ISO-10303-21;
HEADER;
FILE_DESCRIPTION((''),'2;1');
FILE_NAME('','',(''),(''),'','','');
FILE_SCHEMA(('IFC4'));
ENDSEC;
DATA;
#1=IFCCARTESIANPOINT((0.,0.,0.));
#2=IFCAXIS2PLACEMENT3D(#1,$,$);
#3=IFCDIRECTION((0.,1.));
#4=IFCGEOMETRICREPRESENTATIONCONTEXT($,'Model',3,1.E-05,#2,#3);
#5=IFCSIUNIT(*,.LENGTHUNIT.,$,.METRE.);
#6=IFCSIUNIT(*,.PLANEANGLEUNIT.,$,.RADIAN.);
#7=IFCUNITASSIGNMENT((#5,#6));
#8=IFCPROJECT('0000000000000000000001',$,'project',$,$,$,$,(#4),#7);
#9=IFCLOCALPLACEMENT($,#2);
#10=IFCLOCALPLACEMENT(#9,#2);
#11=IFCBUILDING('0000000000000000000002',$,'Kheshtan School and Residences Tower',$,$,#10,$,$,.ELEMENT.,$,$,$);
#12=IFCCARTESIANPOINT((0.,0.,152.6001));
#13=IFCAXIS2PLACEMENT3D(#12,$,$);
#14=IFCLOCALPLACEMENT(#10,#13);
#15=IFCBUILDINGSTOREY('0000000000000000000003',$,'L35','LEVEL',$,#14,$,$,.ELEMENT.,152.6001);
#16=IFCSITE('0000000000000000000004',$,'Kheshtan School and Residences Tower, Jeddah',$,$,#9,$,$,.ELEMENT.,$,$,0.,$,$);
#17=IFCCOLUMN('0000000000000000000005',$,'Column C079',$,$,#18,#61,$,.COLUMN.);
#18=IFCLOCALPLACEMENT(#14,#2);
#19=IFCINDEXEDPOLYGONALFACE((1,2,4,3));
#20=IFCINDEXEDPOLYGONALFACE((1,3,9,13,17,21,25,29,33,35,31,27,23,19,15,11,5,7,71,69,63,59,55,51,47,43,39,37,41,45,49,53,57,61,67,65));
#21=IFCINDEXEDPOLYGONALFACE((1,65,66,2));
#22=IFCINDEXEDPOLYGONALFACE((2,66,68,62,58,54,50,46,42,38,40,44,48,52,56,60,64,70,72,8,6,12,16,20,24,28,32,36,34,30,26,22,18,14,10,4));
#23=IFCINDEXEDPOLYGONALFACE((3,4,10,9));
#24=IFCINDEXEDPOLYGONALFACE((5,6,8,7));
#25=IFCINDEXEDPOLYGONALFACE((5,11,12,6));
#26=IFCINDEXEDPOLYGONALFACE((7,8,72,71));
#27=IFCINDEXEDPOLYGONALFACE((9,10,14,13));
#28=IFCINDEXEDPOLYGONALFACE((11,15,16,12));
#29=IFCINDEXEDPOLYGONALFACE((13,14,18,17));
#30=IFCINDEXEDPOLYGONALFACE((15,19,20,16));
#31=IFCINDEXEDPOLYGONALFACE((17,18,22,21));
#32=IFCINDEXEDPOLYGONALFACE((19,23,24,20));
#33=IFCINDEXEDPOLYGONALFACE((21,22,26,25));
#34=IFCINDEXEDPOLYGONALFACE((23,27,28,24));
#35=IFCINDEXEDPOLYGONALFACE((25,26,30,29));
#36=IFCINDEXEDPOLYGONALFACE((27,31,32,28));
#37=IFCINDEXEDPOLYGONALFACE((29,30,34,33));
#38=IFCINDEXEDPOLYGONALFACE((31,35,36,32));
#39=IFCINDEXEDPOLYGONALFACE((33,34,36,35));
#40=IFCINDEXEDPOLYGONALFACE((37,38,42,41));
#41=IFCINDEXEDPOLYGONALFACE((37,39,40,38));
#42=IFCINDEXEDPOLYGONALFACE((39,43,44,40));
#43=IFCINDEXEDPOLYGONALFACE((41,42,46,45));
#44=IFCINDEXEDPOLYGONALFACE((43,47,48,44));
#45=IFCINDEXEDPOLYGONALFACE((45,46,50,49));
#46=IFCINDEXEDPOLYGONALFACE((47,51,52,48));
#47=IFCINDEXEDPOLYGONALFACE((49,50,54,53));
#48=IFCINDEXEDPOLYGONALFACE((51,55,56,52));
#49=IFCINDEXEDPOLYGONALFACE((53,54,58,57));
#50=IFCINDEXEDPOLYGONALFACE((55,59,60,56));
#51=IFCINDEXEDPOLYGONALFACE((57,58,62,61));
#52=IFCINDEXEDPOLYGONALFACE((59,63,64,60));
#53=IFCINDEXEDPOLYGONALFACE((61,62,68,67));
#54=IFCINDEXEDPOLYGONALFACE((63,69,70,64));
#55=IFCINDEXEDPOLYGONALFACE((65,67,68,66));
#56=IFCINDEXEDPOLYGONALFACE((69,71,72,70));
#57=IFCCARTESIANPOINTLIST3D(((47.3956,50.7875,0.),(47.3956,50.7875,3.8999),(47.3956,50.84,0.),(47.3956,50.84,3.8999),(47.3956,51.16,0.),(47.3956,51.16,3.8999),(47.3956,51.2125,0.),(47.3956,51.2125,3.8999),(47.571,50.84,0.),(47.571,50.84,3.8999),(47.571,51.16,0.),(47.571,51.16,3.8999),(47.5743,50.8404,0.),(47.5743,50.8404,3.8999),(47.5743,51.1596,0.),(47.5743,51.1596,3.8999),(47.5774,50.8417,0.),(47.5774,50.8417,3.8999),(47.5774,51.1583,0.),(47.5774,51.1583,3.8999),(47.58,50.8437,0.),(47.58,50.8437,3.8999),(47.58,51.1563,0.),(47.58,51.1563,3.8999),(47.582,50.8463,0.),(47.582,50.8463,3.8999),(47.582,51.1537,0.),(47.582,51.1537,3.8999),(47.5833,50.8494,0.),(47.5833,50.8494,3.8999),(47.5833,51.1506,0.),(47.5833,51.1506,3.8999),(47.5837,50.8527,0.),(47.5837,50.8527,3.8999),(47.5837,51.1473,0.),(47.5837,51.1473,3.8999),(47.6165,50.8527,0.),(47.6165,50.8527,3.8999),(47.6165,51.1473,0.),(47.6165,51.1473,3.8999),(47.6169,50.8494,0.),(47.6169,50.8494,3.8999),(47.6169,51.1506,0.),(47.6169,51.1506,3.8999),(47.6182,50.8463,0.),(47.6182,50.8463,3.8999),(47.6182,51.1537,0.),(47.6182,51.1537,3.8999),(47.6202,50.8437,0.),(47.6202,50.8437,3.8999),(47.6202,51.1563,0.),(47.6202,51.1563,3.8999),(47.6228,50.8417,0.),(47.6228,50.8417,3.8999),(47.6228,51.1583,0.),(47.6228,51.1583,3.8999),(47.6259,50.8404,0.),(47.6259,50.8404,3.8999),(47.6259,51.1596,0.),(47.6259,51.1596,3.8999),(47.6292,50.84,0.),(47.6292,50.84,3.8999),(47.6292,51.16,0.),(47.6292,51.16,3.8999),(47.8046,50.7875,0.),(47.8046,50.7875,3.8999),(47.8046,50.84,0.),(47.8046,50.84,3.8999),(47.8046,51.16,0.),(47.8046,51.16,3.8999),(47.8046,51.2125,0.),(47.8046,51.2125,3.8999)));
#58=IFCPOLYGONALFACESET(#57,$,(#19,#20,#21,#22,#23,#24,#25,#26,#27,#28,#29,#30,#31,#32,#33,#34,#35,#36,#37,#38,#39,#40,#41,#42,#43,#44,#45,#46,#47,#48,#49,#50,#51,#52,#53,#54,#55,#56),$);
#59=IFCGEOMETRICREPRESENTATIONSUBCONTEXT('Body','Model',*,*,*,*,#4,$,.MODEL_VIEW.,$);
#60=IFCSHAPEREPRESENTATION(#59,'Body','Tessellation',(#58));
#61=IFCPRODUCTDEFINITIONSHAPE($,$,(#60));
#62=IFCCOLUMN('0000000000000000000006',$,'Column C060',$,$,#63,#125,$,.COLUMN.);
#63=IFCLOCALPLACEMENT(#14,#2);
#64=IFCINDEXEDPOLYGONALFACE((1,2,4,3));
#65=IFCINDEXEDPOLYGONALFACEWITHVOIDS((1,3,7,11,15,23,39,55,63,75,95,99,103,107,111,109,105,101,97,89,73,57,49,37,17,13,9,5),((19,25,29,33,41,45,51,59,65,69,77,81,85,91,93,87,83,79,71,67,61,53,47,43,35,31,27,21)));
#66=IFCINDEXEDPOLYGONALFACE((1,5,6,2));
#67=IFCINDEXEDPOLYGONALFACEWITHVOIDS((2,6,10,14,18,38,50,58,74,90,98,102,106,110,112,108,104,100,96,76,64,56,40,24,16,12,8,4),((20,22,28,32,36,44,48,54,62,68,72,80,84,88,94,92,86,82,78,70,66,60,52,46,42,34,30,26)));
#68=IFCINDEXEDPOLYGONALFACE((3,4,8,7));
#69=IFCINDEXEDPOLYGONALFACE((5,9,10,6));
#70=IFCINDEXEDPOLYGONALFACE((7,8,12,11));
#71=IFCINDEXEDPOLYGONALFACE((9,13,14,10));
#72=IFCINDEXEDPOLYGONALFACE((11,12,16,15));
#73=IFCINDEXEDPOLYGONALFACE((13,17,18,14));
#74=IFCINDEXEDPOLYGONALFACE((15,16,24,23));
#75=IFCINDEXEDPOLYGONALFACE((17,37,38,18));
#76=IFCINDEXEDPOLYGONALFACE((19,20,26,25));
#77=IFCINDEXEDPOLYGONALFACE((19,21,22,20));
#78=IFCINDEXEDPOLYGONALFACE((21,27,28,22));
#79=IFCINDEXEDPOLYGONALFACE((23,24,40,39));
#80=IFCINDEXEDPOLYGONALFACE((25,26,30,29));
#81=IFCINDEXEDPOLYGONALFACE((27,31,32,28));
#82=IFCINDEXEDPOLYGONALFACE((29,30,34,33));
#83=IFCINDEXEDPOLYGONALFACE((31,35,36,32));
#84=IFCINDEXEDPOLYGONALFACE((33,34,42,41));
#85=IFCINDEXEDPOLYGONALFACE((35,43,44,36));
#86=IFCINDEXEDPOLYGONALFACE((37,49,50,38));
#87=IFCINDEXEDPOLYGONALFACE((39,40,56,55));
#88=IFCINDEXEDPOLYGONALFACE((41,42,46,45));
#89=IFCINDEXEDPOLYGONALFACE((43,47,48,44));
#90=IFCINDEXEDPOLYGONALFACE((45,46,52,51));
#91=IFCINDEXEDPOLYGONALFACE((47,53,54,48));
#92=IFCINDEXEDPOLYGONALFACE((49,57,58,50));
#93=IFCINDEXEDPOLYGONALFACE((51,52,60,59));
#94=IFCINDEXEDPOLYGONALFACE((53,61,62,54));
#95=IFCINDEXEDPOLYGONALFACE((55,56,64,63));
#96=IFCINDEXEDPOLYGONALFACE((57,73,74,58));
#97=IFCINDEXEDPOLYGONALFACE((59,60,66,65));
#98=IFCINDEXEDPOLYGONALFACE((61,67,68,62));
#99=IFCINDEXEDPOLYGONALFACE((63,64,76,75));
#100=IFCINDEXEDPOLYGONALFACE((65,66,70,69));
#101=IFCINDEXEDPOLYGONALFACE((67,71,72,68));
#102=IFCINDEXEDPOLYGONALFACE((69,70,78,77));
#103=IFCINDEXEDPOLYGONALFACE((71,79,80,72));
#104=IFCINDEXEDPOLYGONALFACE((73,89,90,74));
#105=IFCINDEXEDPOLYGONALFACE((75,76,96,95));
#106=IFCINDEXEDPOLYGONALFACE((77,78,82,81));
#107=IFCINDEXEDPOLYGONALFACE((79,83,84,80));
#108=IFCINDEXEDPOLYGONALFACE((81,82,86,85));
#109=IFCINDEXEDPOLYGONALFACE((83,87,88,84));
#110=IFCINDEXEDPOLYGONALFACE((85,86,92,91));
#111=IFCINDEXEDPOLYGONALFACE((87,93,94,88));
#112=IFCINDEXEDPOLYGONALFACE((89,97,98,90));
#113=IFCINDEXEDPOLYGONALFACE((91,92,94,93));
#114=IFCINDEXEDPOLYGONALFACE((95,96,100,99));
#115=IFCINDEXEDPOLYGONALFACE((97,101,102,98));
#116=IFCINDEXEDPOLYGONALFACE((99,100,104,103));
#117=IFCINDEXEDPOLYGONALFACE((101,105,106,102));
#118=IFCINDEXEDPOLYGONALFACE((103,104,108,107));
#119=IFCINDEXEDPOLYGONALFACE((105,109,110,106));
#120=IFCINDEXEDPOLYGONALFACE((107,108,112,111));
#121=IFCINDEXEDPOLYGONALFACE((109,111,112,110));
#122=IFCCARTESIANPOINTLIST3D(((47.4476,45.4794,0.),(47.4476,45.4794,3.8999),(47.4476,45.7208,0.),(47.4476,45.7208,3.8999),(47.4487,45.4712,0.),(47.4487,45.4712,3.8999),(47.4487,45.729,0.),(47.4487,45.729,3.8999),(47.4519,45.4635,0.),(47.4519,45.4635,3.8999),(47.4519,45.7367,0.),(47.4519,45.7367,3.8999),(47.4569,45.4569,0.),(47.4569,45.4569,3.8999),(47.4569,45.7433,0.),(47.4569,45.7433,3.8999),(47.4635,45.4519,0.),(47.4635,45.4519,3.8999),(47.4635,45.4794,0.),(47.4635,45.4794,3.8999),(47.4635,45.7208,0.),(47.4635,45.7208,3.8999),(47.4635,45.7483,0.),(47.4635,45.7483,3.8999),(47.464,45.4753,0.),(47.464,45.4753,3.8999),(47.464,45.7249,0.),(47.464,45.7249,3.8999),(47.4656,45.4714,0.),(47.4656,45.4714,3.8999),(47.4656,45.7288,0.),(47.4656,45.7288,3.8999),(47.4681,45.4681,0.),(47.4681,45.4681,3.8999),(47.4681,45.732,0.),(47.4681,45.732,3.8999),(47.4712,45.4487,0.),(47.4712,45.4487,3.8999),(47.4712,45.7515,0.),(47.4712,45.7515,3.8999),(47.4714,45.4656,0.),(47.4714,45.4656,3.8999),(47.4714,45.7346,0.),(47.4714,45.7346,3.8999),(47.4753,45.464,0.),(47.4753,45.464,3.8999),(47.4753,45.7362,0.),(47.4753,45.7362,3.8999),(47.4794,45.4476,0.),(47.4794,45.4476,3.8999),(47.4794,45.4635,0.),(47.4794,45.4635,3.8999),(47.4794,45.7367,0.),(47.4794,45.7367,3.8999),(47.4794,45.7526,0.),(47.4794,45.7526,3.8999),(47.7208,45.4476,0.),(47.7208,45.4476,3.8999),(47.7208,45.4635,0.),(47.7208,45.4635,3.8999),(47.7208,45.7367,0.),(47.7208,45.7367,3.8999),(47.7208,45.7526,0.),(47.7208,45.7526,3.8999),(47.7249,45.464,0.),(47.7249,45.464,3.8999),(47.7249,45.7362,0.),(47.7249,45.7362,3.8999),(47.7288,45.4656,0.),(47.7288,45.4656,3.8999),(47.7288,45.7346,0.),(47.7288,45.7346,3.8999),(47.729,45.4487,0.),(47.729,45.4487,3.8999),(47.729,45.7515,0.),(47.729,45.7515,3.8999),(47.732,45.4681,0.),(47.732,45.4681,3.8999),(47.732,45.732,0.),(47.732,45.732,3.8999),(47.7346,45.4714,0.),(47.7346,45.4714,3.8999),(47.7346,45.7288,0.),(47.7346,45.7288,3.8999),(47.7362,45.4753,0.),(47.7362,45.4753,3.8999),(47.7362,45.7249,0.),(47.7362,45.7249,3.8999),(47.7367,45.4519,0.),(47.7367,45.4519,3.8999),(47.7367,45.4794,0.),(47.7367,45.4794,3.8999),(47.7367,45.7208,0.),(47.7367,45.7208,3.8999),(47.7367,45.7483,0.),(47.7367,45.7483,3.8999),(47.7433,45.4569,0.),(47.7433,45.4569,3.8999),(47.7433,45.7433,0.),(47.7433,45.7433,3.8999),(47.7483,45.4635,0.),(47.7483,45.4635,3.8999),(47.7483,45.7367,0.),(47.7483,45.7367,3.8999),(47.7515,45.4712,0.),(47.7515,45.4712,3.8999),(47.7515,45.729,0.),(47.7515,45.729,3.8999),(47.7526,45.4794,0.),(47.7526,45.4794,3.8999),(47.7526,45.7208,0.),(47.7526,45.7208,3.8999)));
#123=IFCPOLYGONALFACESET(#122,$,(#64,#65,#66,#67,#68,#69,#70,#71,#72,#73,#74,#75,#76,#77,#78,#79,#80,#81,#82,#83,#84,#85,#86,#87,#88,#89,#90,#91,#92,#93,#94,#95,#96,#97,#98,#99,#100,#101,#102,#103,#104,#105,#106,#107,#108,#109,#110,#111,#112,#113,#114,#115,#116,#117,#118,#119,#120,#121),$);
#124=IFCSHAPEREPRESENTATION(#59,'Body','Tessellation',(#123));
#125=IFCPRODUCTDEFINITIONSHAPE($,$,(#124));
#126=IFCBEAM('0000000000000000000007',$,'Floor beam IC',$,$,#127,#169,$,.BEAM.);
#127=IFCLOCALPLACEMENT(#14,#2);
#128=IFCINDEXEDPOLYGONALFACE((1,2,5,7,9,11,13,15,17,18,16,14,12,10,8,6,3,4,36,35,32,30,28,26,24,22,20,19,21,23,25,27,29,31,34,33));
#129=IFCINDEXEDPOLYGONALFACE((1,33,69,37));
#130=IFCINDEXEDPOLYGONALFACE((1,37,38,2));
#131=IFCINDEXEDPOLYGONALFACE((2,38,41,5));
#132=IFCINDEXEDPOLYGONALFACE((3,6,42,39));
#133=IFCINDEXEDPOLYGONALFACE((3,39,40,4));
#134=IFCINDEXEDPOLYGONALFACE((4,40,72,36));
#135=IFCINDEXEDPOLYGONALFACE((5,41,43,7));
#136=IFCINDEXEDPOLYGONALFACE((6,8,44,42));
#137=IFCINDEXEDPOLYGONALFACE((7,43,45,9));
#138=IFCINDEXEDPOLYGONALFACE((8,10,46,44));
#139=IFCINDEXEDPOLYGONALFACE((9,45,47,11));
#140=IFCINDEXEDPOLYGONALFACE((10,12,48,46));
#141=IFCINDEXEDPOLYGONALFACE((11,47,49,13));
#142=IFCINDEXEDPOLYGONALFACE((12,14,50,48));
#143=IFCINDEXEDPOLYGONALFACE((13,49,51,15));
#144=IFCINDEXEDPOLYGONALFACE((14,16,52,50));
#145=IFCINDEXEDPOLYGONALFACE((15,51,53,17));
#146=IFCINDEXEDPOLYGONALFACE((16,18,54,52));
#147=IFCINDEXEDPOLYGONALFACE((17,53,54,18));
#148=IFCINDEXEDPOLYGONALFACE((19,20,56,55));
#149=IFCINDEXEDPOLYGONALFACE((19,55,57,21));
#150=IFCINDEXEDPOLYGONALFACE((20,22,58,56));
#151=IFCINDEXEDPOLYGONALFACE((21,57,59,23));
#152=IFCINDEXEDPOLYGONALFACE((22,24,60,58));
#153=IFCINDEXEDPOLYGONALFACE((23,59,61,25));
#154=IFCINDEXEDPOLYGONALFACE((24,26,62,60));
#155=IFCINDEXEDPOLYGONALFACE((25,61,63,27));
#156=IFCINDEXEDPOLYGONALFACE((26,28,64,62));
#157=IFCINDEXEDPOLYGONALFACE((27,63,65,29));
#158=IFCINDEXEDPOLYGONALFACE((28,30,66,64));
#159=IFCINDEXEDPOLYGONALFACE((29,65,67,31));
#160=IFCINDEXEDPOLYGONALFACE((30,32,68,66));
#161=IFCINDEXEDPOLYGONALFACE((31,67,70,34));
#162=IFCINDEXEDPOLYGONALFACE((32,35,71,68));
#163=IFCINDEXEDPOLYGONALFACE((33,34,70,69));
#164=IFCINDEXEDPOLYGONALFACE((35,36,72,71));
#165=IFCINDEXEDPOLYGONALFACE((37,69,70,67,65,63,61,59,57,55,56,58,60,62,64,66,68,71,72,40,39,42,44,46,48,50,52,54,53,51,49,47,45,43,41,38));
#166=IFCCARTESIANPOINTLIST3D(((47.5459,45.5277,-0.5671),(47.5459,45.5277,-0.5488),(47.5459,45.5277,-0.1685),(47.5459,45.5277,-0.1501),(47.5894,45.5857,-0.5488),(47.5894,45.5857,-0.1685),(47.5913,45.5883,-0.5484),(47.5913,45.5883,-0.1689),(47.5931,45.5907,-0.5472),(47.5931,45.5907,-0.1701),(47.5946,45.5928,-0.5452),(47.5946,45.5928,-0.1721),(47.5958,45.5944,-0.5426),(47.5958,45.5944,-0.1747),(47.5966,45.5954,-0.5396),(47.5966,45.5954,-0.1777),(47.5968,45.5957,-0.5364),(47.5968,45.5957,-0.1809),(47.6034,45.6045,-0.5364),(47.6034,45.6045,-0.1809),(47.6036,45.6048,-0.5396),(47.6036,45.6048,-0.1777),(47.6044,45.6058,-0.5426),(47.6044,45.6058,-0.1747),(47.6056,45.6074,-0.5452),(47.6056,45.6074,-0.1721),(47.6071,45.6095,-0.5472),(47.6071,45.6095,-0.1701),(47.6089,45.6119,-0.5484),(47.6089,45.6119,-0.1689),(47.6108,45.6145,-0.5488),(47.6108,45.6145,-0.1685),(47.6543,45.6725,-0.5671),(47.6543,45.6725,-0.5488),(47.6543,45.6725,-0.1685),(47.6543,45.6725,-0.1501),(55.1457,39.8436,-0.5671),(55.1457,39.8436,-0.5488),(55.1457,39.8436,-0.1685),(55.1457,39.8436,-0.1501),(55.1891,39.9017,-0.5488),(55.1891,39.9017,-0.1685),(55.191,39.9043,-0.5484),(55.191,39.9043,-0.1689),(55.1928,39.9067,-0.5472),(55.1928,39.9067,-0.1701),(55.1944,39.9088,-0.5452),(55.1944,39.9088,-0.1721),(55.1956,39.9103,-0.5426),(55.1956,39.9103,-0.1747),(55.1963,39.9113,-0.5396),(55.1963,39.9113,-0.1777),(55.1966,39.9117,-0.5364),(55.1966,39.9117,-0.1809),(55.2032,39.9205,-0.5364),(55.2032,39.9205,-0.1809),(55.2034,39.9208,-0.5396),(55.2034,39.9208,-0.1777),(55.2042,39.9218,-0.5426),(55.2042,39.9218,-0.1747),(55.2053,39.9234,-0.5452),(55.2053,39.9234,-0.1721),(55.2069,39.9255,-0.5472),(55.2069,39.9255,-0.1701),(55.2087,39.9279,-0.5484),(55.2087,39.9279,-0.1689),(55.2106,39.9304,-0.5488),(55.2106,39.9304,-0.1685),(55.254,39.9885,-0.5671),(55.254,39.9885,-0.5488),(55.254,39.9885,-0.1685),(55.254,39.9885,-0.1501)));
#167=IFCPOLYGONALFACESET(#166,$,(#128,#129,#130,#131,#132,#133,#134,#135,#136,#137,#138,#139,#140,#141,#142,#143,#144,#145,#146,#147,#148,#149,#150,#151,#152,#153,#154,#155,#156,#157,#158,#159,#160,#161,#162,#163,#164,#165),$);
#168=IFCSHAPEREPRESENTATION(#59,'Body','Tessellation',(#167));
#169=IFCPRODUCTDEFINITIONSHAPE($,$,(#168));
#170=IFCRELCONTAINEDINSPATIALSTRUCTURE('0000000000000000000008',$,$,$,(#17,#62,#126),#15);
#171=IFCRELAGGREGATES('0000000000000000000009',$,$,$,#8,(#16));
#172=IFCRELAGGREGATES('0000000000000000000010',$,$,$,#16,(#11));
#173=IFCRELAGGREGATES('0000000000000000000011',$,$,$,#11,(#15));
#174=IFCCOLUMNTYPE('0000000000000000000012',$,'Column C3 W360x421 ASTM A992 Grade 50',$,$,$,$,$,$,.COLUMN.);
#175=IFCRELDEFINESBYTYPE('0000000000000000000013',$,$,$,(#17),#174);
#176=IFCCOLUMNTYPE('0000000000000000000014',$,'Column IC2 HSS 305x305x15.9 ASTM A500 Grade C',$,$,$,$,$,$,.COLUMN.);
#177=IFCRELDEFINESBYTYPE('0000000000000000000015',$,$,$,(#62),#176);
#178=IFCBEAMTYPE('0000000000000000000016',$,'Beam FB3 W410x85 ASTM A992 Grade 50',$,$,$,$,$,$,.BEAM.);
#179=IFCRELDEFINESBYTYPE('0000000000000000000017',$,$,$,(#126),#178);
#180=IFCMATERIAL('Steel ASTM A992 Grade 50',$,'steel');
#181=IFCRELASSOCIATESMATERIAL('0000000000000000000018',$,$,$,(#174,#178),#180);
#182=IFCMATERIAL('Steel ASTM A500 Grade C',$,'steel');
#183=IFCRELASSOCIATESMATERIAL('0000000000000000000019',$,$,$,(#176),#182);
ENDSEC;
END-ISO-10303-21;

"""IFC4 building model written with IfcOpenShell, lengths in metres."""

from ifc_helpers import new_model, si_unit, direction, frame, origin, origin_2d, place, context, subcontext, project, spatial, hollow_rectangle, i_section, extrude, material, material_profile, profile_set, type_object, element, save


model = new_model("IFC4")

# Units and contexts
model_context = context("Model", 3, precision=1e-05, world=origin(), true_north=direction((0.0, 1.0)))
body_context = subcontext(model_context, "Body", "Model", "MODEL_VIEW")
ifc_project = project(units=[si_unit("LENGTHUNIT", "METRE"), si_unit("PLANEANGLEUNIT", "RADIAN")], contexts=[model_context])

# Site, building, storey
site_placement = place(None, origin())
site = spatial("IfcSite", under=ifc_project, at=site_placement, Name="Kheshtan School and Residences Tower, Jeddah", CompositionType="ELEMENT", RefElevation=0.0)
building_placement = place(site_placement, origin())
building = spatial("IfcBuilding", under=site, at=building_placement, Name="Kheshtan School and Residences Tower", CompositionType="ELEMENT")
storey_placement = place(building_placement, frame((0.0, 0.0, 152.6001)))
storey = spatial("IfcBuildingStorey", under=building, at=storey_placement, Name="L35", Description="LEVEL", CompositionType="ELEMENT", Elevation=152.6001)

# Columns
ifc_material_1 = material(Name="Steel ASTM A992 Grade 50", Category="steel")
ifc_material_profile_1 = material_profile(ifc_material_1, i_section(OverallWidth=0.4089, OverallDepth=0.425, WebThickness=0.0327, FlangeThickness=0.0525, FilletRadius=0.0127, at=origin_2d()), Name="W360x421")
ifc_profile_set_1 = profile_set([ifc_material_profile_1], Name="Steel ASTM A992 Grade 50")
column_type_1 = type_object("IfcColumnType", Name="Column C3 W360x421 ASTM A992 Grade 50", PredefinedType="COLUMN", material=ifc_profile_set_1)
for number, where, z_axis, x_axis, name in (
    (1, (47.6001, 51.0, 0.0), (0.0, 0.0, 1.0), (1.0, 0.0, 0.0), "Column C079"),
):
    element("IfcColumn", number, at=place(storey_placement, frame(where, z_axis=z_axis, x_axis=x_axis)), inside=storey, type_object=column_type_1, Name=name, PredefinedType="COLUMN", context=body_context, shape_type="SweptSolid", body=[
        extrude(i_section(OverallWidth=0.4089, OverallDepth=0.425, WebThickness=0.0327, FlangeThickness=0.0525, FilletRadius=0.0127, at=origin_2d()), origin(), (0.0, 0.0, 1.0), 3.8999),
    ])
ifc_material_2 = material(Name="Steel ASTM A500 Grade C", Category="steel")
ifc_material_profile_2 = material_profile(ifc_material_2, hollow_rectangle(XDim=0.3049, YDim=0.3049, WallThickness=0.0159, InnerFilletRadius=0.0159, OuterFilletRadius=0.0317, at=origin_2d()), Name="HSS 305x305x15.9")
ifc_profile_set_2 = profile_set([ifc_material_profile_2], Name="Steel ASTM A500 Grade C")
column_type_2 = type_object("IfcColumnType", Name="Column IC2 HSS 305x305x15.9 ASTM A500 Grade C", PredefinedType="COLUMN", material=ifc_profile_set_2)
column_placement = place(storey_placement, frame((47.6001, 45.6001, 0.0), z_axis=(0.0, 0.0, 1.0), x_axis=(1.0, 0.0, 0.0)))
element("IfcColumn", 2, at=column_placement, inside=storey, type_object=column_type_2, Name="Column C060", PredefinedType="COLUMN", context=body_context, shape_type="SweptSolid", body=[
    extrude(hollow_rectangle(XDim=0.3049, YDim=0.3049, WallThickness=0.0159, InnerFilletRadius=0.0159, OuterFilletRadius=0.0317, at=origin_2d()), origin(), (0.0, 0.0, 1.0), 3.8999),
])

# Beam
ifc_material_profile_3 = material_profile(ifc_material_1, i_section(OverallWidth=0.1809, OverallDepth=0.417, WebThickness=0.011, FlangeThickness=0.0183, FilletRadius=0.0125, at=origin_2d()), Name="W410x85")
ifc_profile_set_3 = profile_set([ifc_material_profile_3], Name="Steel ASTM A992 Grade 50")
beam_type_1 = type_object("IfcBeamType", Name="Beam FB3 W410x85 ASTM A992 Grade 50", PredefinedType="BEAM", material=ifc_profile_set_3)
beam_1_placement = place(storey_placement, frame((47.6001, 45.6001, -0.3586), z_axis=(0.800799, -0.598933, 0.0), x_axis=(0.598933, 0.800799, 0.0)))
element("IfcBeam", 3, at=beam_1_placement, inside=storey, type_object=beam_type_1, Name="Floor beam IC", PredefinedType="BEAM", context=body_context, shape_type="SweptSolid", body=[
    extrude(i_section(OverallWidth=0.1809, OverallDepth=0.417, WebThickness=0.011, FlangeThickness=0.0183, FilletRadius=0.0125, at=origin_2d()), origin(), (0.0, 0.0, 1.0), 9.4902),
])

save(model, "model.ifc")
